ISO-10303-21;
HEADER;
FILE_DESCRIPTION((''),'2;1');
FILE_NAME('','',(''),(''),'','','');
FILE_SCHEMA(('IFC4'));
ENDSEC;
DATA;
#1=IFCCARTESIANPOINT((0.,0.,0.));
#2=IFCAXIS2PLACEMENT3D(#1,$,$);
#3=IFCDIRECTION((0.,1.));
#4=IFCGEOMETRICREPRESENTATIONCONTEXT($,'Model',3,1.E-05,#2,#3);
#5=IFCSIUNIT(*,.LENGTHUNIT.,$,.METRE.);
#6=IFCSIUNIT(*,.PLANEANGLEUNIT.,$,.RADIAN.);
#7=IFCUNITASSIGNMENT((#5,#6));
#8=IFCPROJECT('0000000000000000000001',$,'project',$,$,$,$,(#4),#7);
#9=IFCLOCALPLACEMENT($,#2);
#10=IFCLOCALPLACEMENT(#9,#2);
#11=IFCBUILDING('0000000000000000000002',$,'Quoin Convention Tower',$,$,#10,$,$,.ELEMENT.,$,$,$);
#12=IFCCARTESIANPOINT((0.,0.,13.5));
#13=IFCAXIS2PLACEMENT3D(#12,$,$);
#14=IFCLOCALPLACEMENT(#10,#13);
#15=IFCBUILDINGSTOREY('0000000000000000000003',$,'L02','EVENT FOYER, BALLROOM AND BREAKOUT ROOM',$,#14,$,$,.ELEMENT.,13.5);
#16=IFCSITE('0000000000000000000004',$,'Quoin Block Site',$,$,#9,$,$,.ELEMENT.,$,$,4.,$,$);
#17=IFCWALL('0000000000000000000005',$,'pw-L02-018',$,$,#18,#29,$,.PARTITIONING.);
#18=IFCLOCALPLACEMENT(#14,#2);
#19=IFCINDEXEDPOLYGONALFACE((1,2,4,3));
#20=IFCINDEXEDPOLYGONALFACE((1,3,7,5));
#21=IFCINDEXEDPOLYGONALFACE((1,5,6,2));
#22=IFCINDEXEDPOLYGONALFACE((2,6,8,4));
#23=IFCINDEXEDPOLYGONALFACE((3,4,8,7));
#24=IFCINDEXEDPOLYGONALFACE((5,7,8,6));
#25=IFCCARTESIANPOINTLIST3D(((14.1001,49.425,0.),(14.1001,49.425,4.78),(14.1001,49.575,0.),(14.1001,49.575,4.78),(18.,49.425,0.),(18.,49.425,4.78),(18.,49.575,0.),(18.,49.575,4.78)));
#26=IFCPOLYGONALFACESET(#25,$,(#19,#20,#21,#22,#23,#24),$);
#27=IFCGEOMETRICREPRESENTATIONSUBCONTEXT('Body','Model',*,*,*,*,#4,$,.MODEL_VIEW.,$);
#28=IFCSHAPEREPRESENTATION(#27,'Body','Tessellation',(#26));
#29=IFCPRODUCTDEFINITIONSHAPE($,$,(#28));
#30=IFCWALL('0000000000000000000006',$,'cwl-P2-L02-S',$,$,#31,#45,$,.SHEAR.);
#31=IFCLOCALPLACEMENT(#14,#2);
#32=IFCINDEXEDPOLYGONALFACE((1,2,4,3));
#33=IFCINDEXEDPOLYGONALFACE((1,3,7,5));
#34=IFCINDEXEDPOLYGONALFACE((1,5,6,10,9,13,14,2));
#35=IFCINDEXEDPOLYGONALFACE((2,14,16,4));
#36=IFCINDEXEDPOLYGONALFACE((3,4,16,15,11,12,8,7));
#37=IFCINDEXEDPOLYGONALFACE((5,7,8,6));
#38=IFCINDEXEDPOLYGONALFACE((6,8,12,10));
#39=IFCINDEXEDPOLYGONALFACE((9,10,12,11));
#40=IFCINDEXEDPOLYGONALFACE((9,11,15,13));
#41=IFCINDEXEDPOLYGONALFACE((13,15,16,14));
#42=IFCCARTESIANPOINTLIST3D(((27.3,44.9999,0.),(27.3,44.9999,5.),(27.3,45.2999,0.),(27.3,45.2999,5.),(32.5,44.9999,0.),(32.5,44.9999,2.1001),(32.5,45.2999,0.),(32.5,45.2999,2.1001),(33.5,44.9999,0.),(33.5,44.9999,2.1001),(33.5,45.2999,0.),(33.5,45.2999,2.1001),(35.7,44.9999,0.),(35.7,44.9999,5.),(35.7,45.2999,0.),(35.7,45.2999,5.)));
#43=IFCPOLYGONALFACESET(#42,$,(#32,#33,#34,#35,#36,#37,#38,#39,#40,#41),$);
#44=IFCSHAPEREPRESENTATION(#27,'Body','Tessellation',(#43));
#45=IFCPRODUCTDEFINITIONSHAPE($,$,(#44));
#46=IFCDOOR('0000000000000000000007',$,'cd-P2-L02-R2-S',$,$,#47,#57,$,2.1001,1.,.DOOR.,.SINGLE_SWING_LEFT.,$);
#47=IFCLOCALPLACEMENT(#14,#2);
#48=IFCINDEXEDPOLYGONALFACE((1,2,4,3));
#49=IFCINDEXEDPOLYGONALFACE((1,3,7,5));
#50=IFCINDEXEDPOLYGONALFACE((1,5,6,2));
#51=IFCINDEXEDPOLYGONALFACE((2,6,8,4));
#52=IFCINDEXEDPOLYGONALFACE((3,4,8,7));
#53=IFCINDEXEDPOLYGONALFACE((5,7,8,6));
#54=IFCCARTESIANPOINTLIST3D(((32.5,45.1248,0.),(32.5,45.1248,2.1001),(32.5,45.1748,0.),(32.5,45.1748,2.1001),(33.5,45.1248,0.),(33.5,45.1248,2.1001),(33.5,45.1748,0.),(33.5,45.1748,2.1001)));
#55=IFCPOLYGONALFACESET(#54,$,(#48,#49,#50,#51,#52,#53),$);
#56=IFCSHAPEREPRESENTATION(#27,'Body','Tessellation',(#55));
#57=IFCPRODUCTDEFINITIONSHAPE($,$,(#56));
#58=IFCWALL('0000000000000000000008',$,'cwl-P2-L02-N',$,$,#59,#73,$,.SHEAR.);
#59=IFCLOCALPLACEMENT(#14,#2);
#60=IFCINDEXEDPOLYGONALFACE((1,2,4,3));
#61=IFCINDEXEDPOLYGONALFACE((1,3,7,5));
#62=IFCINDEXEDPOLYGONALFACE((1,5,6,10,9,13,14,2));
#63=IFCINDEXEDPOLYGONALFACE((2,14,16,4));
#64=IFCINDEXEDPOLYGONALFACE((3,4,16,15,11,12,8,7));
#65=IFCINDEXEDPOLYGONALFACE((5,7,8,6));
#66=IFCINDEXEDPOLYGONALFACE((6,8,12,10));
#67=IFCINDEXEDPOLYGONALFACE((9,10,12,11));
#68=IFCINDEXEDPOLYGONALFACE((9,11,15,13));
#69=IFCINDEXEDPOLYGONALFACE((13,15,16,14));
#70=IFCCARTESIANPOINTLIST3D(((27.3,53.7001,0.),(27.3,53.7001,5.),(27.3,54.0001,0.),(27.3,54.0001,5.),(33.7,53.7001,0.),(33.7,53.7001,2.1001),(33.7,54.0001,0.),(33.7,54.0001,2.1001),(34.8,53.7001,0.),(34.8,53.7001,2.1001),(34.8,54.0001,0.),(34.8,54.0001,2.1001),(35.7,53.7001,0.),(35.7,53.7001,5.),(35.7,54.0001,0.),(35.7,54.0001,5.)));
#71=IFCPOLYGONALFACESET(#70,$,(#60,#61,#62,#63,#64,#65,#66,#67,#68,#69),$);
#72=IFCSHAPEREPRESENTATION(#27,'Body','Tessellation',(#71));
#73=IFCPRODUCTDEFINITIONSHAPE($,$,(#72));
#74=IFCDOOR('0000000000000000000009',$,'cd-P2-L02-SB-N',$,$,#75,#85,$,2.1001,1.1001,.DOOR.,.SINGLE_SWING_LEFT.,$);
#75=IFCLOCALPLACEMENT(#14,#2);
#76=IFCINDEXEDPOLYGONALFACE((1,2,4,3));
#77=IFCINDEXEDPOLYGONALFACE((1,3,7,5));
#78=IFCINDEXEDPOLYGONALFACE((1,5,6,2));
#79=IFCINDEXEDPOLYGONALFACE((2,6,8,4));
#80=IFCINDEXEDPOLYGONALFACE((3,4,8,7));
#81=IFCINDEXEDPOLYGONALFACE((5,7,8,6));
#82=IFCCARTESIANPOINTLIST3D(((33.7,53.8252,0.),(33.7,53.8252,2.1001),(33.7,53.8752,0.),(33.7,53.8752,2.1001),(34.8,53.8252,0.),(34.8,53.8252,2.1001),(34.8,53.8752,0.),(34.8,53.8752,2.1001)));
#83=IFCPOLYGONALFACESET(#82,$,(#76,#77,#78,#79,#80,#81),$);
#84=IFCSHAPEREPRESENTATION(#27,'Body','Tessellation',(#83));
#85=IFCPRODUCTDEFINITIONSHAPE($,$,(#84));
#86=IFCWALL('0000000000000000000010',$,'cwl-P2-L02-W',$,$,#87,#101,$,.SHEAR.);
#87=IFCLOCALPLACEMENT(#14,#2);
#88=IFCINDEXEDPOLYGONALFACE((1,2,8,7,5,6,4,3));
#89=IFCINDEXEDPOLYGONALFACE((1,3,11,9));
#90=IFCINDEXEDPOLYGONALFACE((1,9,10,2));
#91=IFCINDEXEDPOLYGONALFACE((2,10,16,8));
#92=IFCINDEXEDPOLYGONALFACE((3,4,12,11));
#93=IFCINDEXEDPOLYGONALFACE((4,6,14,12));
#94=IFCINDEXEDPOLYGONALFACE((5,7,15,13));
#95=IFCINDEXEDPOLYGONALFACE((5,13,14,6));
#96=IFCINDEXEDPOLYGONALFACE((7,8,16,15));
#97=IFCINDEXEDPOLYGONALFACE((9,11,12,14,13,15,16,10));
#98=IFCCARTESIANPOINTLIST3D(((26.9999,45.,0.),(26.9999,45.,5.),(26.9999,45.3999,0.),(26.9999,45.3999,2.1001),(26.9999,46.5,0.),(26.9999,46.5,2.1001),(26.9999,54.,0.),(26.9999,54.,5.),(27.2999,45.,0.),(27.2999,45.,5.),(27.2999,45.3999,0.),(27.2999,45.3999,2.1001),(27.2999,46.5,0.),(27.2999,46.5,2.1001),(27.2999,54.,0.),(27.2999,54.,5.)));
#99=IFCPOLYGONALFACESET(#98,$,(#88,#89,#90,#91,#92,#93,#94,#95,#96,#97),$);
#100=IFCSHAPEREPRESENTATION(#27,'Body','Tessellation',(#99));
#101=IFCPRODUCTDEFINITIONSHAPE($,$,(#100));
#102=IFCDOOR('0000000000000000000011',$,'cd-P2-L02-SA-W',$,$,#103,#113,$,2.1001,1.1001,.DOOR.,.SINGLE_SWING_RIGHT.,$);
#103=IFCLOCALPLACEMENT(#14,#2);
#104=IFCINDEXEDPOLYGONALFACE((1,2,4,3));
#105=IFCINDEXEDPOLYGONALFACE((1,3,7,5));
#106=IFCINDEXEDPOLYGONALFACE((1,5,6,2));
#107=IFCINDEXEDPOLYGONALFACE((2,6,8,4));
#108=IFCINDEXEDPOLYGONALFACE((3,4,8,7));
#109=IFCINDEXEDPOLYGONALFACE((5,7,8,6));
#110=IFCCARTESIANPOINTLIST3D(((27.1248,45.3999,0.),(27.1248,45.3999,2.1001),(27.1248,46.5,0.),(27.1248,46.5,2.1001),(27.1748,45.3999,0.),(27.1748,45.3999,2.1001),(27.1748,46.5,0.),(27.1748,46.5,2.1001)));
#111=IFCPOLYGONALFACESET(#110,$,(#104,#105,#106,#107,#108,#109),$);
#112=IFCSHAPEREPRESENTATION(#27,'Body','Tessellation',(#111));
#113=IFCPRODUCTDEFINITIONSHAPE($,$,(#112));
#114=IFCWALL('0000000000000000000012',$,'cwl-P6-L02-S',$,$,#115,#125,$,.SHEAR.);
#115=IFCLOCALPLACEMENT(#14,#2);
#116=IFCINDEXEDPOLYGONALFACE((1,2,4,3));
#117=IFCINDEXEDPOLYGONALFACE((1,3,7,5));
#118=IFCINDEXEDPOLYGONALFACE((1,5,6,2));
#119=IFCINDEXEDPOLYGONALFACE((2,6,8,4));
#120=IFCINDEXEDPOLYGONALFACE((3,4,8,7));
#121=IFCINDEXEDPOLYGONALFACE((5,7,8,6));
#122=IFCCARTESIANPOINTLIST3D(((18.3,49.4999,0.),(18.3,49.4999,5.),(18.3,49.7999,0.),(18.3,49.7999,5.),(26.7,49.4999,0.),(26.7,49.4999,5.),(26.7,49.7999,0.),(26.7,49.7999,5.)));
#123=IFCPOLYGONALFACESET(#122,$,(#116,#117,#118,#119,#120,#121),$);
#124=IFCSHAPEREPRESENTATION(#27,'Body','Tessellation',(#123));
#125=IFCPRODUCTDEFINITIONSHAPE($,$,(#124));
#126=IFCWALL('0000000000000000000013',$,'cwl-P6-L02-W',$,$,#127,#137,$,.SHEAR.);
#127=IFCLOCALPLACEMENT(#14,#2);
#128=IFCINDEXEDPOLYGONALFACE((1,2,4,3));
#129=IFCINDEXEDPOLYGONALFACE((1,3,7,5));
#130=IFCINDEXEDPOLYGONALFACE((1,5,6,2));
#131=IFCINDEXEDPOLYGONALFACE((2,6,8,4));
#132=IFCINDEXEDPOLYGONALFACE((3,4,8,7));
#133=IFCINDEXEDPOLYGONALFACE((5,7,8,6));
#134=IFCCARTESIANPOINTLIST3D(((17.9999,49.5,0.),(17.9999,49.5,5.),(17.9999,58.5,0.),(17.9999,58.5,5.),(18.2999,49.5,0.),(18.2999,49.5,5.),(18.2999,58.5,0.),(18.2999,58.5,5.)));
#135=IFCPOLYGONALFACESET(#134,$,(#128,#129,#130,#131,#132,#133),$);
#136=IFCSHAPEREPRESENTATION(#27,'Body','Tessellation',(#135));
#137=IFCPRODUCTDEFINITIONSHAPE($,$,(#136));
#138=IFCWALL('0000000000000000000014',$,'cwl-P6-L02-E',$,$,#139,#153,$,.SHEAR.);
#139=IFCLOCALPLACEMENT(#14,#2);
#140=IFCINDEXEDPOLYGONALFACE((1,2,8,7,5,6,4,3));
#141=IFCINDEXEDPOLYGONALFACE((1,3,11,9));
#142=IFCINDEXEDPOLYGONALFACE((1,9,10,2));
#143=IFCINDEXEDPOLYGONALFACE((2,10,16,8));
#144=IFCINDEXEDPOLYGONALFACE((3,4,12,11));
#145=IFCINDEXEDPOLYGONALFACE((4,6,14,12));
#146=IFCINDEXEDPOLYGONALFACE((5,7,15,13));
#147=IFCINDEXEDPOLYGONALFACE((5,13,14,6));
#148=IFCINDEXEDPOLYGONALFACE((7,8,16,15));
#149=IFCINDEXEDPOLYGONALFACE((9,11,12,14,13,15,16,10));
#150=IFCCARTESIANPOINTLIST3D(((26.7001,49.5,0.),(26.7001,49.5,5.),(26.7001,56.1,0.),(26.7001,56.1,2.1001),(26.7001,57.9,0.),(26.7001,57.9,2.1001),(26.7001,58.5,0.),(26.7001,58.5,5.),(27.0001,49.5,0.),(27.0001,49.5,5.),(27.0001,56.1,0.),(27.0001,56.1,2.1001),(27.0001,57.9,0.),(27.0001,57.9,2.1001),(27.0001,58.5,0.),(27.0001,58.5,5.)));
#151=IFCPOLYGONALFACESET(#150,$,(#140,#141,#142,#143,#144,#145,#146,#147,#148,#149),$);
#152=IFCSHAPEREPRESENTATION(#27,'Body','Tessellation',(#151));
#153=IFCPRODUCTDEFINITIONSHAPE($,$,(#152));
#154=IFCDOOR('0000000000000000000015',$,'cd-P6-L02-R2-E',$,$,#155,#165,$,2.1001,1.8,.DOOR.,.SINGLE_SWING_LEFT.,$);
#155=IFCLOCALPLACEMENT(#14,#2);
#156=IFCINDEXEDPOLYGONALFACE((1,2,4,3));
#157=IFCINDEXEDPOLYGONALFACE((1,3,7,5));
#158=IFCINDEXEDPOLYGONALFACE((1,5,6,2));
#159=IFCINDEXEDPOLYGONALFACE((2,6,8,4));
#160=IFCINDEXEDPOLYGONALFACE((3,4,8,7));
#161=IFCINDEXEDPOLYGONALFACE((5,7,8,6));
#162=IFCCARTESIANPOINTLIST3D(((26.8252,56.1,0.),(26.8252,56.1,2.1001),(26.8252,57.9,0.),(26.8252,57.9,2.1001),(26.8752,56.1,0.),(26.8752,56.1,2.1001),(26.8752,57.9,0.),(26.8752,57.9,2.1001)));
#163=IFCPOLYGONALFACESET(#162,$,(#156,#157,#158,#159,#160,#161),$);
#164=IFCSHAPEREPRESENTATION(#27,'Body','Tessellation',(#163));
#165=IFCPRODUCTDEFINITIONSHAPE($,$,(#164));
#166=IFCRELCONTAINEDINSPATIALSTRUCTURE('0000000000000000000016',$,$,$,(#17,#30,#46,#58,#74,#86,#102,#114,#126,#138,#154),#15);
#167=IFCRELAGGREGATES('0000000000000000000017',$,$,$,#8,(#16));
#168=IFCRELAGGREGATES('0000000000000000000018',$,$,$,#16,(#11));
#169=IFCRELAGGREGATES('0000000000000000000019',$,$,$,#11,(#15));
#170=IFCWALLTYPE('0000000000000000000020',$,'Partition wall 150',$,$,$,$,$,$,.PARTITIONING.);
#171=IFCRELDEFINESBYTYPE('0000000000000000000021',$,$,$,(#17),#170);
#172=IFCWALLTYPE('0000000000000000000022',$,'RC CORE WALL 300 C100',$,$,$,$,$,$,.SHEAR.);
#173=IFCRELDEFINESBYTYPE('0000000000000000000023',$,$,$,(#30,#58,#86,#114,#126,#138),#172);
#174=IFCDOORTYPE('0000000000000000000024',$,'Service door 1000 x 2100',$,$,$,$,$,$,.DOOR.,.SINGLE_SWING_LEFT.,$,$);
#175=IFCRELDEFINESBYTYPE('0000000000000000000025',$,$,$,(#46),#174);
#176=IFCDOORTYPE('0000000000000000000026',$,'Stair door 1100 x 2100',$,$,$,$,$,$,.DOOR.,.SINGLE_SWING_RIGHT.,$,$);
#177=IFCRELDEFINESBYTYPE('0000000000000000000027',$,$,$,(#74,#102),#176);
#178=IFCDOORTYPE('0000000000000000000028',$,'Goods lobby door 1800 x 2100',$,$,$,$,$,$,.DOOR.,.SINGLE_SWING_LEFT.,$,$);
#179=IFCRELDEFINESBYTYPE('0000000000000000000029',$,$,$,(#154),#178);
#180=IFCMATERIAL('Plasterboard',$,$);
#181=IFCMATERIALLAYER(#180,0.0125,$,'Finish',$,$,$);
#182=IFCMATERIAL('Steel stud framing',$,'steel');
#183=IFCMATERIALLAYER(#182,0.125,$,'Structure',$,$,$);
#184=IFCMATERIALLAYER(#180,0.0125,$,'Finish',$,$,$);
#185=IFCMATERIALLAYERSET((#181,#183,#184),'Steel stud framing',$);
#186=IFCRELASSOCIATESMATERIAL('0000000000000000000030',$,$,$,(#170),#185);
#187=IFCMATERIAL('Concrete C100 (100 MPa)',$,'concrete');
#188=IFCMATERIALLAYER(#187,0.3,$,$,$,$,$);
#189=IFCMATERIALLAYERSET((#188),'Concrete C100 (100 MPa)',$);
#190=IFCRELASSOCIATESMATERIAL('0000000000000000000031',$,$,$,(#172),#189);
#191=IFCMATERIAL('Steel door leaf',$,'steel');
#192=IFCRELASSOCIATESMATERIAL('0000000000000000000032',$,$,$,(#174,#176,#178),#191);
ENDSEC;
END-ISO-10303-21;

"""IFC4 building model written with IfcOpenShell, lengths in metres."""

from ifc_helpers import new_model, si_unit, direction, frame, frame_2d, origin, place, context, subcontext, project, spatial, rectangle, extrude, material, layer, layer_set, type_object, element, fill, save


model = new_model("IFC4")

# Units and contexts
model_context = context("Model", 3, precision=1e-05, world=origin(), true_north=direction((0.0, 1.0)))
body_context = subcontext(model_context, "Body", "Model", "MODEL_VIEW")
ifc_project = project(units=[si_unit("LENGTHUNIT", "METRE"), si_unit("PLANEANGLEUNIT", "RADIAN")], contexts=[model_context])

# Site, building, storey
site_placement = place(None, origin())
site = spatial("IfcSite", under=ifc_project, at=site_placement, Name="Quoin Block Site", CompositionType="ELEMENT", RefElevation=4.0)
building_placement = place(site_placement, origin())
building = spatial("IfcBuilding", under=site, at=building_placement, Name="Quoin Convention Tower", CompositionType="ELEMENT")
storey_placement = place(building_placement, frame((0.0, 0.0, 13.5)))
storey = spatial("IfcBuildingStorey", under=building, at=storey_placement, Name="L02", Description="EVENT FOYER, BALLROOM AND BREAKOUT ROOM", CompositionType="ELEMENT", Elevation=13.5)

# Shared definitions
ifc_material_1 = material(Name="Concrete C100 (100 MPa)", Category="concrete")

# Wall
ifc_material_2 = material(Name="Plasterboard")
ifc_layer_1 = layer(ifc_material_2, 0.0125, Name="Finish")
ifc_material_3 = material(Name="Steel stud framing", Category="steel")
ifc_layer_2 = layer(ifc_material_3, 0.125, Name="Structure")
ifc_layer_3 = layer(ifc_material_2, 0.0125, Name="Finish")
ifc_layer_set_1 = layer_set([ifc_layer_1, ifc_layer_2, ifc_layer_3], Name="Steel stud framing")
wall_type_1 = type_object("IfcWallType", Name="Partition wall 150", PredefinedType="PARTITIONING", material=ifc_layer_set_1)
wall_1_placement = place(storey_placement, frame((14.1001, 49.5, 0.0), z_axis=(0.0, 0.0, 1.0), x_axis=(1.0, 0.0, 0.0)))
element("IfcWall", 1, at=wall_1_placement, inside=storey, type_object=wall_type_1, Name="pw-L02-018", PredefinedType="PARTITIONING", context=body_context, shape_type="SweptSolid", body=[
    extrude(rectangle(XDim=3.8999, YDim=0.1499, at=frame_2d((1.95, 0.0))), origin(), (0.0, 0.0, 1.0), 4.78),
])

# Walls, openings, doors
ifc_layer_4 = layer(ifc_material_1, 0.3)
ifc_layer_set_2 = layer_set([ifc_layer_4], Name="Concrete C100 (100 MPa)")
wall_type_2 = type_object("IfcWallType", Name="RC CORE WALL 300 C100", PredefinedType="SHEAR", material=ifc_layer_set_2)
wall_2_placement = place(storey_placement, frame((27.3, 45.1499, 0.0), z_axis=(0.0, 0.0, 1.0), x_axis=(1.0, 0.0, 0.0)))
wall_2 = element("IfcWall", 2, at=wall_2_placement, inside=storey, type_object=wall_type_2, Name="cwl-P2-L02-S", PredefinedType="SHEAR", context=body_context, shape_type="SweptSolid", body=[
    extrude(rectangle(XDim=8.3999, YDim=0.3, at=frame_2d((4.2, 0.0))), origin(), (0.0, 0.0, 1.0), 5.0),
])
opening_1_placement = place(wall_2_placement, frame((5.2, 0.0, 0.0)))
opening_1 = element("IfcOpeningElement", 3, at=opening_1_placement, cuts=wall_2, PredefinedType="OPENING", context=body_context, shape_type="SweptSolid", body=[
    extrude(rectangle(XDim=1.0, YDim=2.1001, at=frame_2d((0.5, 1.05))), frame((0.0, 0.1599, 0.0), z_axis=(0.0, -1.0, 0.0), x_axis=(1.0, 0.0, 0.0)), (0.0, 0.0, 1.0), 0.3201),
])
ifc_material_4 = material(Name="Steel door leaf", Category="steel")
door_type_1 = type_object("IfcDoorType", Name="Service door 1000 x 2100", OperationType="SINGLE_SWING_LEFT", PredefinedType="DOOR", material=ifc_material_4)
door_1_placement = place(opening_1_placement, origin())
door_1 = element("IfcDoor", 4, at=door_1_placement, inside=storey, type_object=door_type_1, Name="cd-P2-L02-R2-S", OperationType="SINGLE_SWING_LEFT", OverallHeight=2.1001, OverallWidth=1.0, PredefinedType="DOOR", context=body_context, shape_type="SweptSolid", body=[
    extrude(rectangle(XDim=1.0, YDim=2.1001, at=frame_2d((0.5, 1.05))), frame((0.0, 0.0249, 0.0), z_axis=(0.0, -1.0, 0.0), x_axis=(1.0, 0.0, 0.0)), (0.0, 0.0, 1.0), 0.05),
])
fill(opening_1, door_1)
wall_3_placement = place(storey_placement, frame((27.3, 53.8501, 0.0), z_axis=(0.0, 0.0, 1.0), x_axis=(1.0, 0.0, 0.0)))
wall_3 = element("IfcWall", 5, at=wall_3_placement, inside=storey, type_object=wall_type_2, Name="cwl-P2-L02-N", PredefinedType="SHEAR", context=body_context, shape_type="SweptSolid", body=[
    extrude(rectangle(XDim=8.3999, YDim=0.3, at=frame_2d((4.2, 0.0))), origin(), (0.0, 0.0, 1.0), 5.0),
])
opening_2_placement = place(wall_3_placement, frame((6.3999, 0.0, 0.0)))
opening_2 = element("IfcOpeningElement", 6, at=opening_2_placement, cuts=wall_3, PredefinedType="OPENING", context=body_context, shape_type="SweptSolid", body=[
    extrude(rectangle(XDim=1.1001, YDim=2.1001, at=frame_2d((0.55, 1.05))), frame((0.0, 0.1599, 0.0), z_axis=(0.0, -1.0, 0.0), x_axis=(1.0, 0.0, 0.0)), (0.0, 0.0, 1.0), 0.3201),
])
door_type_2 = type_object("IfcDoorType", Name="Stair door 1100 x 2100", OperationType="SINGLE_SWING_RIGHT", PredefinedType="DOOR", material=ifc_material_4)
door_2_placement = place(opening_2_placement, frame((1.1001, 0.0, 0.0), z_axis=(0.0, 0.0, 1.0), x_axis=(-1.0, 0.0, 0.0)))
door_2 = element("IfcDoor", 7, at=door_2_placement, inside=storey, type_object=door_type_2, Name="cd-P2-L02-SB-N", OperationType="SINGLE_SWING_LEFT", OverallHeight=2.1001, OverallWidth=1.1001, PredefinedType="DOOR", context=body_context, shape_type="SweptSolid", body=[
    extrude(rectangle(XDim=1.1001, YDim=2.1001, at=frame_2d((0.55, 1.05))), frame((0.0, 0.0249, 0.0), z_axis=(0.0, -1.0, 0.0), x_axis=(1.0, 0.0, 0.0)), (0.0, 0.0, 1.0), 0.05),
])
fill(opening_2, door_2)
wall_4_placement = place(storey_placement, frame((27.1499, 45.0, 0.0), z_axis=(0.0, 0.0, 1.0), x_axis=(0.0, 1.0, 0.0)))
wall_4 = element("IfcWall", 8, at=wall_4_placement, inside=storey, type_object=wall_type_2, Name="cwl-P2-L02-W", PredefinedType="SHEAR", context=body_context, shape_type="SweptSolid", body=[
    extrude(rectangle(XDim=9.0, YDim=0.3, at=frame_2d((4.5, 0.0))), origin(), (0.0, 0.0, 1.0), 5.0),
])
opening_3_placement = place(wall_4_placement, frame((0.3999, 0.0, 0.0)))
opening_3 = element("IfcOpeningElement", 9, at=opening_3_placement, cuts=wall_4, PredefinedType="OPENING", context=body_context, shape_type="SweptSolid", body=[
    extrude(rectangle(XDim=1.1001, YDim=2.1001, at=frame_2d((0.55, 1.05))), frame((0.0, 0.1599, 0.0), z_axis=(0.0, -1.0, 0.0), x_axis=(1.0, 0.0, 0.0)), (0.0, 0.0, 1.0), 0.3201),
])
door_3_placement = place(opening_3_placement, frame((1.1001, 0.0, 0.0), z_axis=(0.0, 0.0, 1.0), x_axis=(-1.0, 0.0, 0.0)))
door_3 = element("IfcDoor", 10, at=door_3_placement, inside=storey, type_object=door_type_2, Name="cd-P2-L02-SA-W", OperationType="SINGLE_SWING_RIGHT", OverallHeight=2.1001, OverallWidth=1.1001, PredefinedType="DOOR", context=body_context, shape_type="SweptSolid", body=[
    extrude(rectangle(XDim=1.1001, YDim=2.1001, at=frame_2d((0.55, 1.05))), frame((0.0, 0.0249, 0.0), z_axis=(0.0, -1.0, 0.0), x_axis=(1.0, 0.0, 0.0)), (0.0, 0.0, 1.0), 0.05),
])
fill(opening_3, door_3)

# Walls
wall_5_placement = place(storey_placement, frame((18.3, 49.6499, 0.0), z_axis=(0.0, 0.0, 1.0), x_axis=(1.0, 0.0, 0.0)))
element("IfcWall", 11, at=wall_5_placement, inside=storey, type_object=wall_type_2, Name="cwl-P6-L02-S", PredefinedType="SHEAR", context=body_context, shape_type="SweptSolid", body=[
    extrude(rectangle(XDim=8.3999, YDim=0.3, at=frame_2d((4.2, 0.0))), origin(), (0.0, 0.0, 1.0), 5.0),
])
wall_6_placement = place(storey_placement, frame((18.1499, 49.5, 0.0), z_axis=(0.0, 0.0, 1.0), x_axis=(0.0, 1.0, 0.0)))
element("IfcWall", 12, at=wall_6_placement, inside=storey, type_object=wall_type_2, Name="cwl-P6-L02-W", PredefinedType="SHEAR", context=body_context, shape_type="SweptSolid", body=[
    extrude(rectangle(XDim=9.0, YDim=0.3, at=frame_2d((4.5, 0.0))), origin(), (0.0, 0.0, 1.0), 5.0),
])

# Wall, opening, door
wall_7_placement = place(storey_placement, frame((26.8501, 49.5, 0.0), z_axis=(0.0, 0.0, 1.0), x_axis=(0.0, 1.0, 0.0)))
wall_7 = element("IfcWall", 13, at=wall_7_placement, inside=storey, type_object=wall_type_2, Name="cwl-P6-L02-E", PredefinedType="SHEAR", context=body_context, shape_type="SweptSolid", body=[
    extrude(rectangle(XDim=9.0, YDim=0.3, at=frame_2d((4.5, 0.0))), origin(), (0.0, 0.0, 1.0), 5.0),
])
opening_4_placement = place(wall_7_placement, frame((6.6001, 0.0, 0.0)))
opening_4 = element("IfcOpeningElement", 14, at=opening_4_placement, cuts=wall_7, PredefinedType="OPENING", context=body_context, shape_type="SweptSolid", body=[
    extrude(rectangle(XDim=1.8, YDim=2.1001, at=frame_2d((0.8999, 1.05))), frame((0.0, 0.1599, 0.0), z_axis=(0.0, -1.0, 0.0), x_axis=(1.0, 0.0, 0.0)), (0.0, 0.0, 1.0), 0.3201),
])
door_type_3 = type_object("IfcDoorType", Name="Goods lobby door 1800 x 2100", OperationType="SINGLE_SWING_LEFT", PredefinedType="DOOR", material=ifc_material_4)
door_4_placement = place(opening_4_placement, origin())
door_4 = element("IfcDoor", 15, at=door_4_placement, inside=storey, type_object=door_type_3, Name="cd-P6-L02-R2-E", OperationType="SINGLE_SWING_LEFT", OverallHeight=2.1001, OverallWidth=1.8, PredefinedType="DOOR", context=body_context, shape_type="SweptSolid", body=[
    extrude(rectangle(XDim=1.8, YDim=2.1001, at=frame_2d((0.8999, 1.05))), frame((0.0, 0.0249, 0.0), z_axis=(0.0, -1.0, 0.0), x_axis=(1.0, 0.0, 0.0)), (0.0, 0.0, 1.0), 0.05),
])
fill(opening_4, door_4)

save(model, "model.ifc")
